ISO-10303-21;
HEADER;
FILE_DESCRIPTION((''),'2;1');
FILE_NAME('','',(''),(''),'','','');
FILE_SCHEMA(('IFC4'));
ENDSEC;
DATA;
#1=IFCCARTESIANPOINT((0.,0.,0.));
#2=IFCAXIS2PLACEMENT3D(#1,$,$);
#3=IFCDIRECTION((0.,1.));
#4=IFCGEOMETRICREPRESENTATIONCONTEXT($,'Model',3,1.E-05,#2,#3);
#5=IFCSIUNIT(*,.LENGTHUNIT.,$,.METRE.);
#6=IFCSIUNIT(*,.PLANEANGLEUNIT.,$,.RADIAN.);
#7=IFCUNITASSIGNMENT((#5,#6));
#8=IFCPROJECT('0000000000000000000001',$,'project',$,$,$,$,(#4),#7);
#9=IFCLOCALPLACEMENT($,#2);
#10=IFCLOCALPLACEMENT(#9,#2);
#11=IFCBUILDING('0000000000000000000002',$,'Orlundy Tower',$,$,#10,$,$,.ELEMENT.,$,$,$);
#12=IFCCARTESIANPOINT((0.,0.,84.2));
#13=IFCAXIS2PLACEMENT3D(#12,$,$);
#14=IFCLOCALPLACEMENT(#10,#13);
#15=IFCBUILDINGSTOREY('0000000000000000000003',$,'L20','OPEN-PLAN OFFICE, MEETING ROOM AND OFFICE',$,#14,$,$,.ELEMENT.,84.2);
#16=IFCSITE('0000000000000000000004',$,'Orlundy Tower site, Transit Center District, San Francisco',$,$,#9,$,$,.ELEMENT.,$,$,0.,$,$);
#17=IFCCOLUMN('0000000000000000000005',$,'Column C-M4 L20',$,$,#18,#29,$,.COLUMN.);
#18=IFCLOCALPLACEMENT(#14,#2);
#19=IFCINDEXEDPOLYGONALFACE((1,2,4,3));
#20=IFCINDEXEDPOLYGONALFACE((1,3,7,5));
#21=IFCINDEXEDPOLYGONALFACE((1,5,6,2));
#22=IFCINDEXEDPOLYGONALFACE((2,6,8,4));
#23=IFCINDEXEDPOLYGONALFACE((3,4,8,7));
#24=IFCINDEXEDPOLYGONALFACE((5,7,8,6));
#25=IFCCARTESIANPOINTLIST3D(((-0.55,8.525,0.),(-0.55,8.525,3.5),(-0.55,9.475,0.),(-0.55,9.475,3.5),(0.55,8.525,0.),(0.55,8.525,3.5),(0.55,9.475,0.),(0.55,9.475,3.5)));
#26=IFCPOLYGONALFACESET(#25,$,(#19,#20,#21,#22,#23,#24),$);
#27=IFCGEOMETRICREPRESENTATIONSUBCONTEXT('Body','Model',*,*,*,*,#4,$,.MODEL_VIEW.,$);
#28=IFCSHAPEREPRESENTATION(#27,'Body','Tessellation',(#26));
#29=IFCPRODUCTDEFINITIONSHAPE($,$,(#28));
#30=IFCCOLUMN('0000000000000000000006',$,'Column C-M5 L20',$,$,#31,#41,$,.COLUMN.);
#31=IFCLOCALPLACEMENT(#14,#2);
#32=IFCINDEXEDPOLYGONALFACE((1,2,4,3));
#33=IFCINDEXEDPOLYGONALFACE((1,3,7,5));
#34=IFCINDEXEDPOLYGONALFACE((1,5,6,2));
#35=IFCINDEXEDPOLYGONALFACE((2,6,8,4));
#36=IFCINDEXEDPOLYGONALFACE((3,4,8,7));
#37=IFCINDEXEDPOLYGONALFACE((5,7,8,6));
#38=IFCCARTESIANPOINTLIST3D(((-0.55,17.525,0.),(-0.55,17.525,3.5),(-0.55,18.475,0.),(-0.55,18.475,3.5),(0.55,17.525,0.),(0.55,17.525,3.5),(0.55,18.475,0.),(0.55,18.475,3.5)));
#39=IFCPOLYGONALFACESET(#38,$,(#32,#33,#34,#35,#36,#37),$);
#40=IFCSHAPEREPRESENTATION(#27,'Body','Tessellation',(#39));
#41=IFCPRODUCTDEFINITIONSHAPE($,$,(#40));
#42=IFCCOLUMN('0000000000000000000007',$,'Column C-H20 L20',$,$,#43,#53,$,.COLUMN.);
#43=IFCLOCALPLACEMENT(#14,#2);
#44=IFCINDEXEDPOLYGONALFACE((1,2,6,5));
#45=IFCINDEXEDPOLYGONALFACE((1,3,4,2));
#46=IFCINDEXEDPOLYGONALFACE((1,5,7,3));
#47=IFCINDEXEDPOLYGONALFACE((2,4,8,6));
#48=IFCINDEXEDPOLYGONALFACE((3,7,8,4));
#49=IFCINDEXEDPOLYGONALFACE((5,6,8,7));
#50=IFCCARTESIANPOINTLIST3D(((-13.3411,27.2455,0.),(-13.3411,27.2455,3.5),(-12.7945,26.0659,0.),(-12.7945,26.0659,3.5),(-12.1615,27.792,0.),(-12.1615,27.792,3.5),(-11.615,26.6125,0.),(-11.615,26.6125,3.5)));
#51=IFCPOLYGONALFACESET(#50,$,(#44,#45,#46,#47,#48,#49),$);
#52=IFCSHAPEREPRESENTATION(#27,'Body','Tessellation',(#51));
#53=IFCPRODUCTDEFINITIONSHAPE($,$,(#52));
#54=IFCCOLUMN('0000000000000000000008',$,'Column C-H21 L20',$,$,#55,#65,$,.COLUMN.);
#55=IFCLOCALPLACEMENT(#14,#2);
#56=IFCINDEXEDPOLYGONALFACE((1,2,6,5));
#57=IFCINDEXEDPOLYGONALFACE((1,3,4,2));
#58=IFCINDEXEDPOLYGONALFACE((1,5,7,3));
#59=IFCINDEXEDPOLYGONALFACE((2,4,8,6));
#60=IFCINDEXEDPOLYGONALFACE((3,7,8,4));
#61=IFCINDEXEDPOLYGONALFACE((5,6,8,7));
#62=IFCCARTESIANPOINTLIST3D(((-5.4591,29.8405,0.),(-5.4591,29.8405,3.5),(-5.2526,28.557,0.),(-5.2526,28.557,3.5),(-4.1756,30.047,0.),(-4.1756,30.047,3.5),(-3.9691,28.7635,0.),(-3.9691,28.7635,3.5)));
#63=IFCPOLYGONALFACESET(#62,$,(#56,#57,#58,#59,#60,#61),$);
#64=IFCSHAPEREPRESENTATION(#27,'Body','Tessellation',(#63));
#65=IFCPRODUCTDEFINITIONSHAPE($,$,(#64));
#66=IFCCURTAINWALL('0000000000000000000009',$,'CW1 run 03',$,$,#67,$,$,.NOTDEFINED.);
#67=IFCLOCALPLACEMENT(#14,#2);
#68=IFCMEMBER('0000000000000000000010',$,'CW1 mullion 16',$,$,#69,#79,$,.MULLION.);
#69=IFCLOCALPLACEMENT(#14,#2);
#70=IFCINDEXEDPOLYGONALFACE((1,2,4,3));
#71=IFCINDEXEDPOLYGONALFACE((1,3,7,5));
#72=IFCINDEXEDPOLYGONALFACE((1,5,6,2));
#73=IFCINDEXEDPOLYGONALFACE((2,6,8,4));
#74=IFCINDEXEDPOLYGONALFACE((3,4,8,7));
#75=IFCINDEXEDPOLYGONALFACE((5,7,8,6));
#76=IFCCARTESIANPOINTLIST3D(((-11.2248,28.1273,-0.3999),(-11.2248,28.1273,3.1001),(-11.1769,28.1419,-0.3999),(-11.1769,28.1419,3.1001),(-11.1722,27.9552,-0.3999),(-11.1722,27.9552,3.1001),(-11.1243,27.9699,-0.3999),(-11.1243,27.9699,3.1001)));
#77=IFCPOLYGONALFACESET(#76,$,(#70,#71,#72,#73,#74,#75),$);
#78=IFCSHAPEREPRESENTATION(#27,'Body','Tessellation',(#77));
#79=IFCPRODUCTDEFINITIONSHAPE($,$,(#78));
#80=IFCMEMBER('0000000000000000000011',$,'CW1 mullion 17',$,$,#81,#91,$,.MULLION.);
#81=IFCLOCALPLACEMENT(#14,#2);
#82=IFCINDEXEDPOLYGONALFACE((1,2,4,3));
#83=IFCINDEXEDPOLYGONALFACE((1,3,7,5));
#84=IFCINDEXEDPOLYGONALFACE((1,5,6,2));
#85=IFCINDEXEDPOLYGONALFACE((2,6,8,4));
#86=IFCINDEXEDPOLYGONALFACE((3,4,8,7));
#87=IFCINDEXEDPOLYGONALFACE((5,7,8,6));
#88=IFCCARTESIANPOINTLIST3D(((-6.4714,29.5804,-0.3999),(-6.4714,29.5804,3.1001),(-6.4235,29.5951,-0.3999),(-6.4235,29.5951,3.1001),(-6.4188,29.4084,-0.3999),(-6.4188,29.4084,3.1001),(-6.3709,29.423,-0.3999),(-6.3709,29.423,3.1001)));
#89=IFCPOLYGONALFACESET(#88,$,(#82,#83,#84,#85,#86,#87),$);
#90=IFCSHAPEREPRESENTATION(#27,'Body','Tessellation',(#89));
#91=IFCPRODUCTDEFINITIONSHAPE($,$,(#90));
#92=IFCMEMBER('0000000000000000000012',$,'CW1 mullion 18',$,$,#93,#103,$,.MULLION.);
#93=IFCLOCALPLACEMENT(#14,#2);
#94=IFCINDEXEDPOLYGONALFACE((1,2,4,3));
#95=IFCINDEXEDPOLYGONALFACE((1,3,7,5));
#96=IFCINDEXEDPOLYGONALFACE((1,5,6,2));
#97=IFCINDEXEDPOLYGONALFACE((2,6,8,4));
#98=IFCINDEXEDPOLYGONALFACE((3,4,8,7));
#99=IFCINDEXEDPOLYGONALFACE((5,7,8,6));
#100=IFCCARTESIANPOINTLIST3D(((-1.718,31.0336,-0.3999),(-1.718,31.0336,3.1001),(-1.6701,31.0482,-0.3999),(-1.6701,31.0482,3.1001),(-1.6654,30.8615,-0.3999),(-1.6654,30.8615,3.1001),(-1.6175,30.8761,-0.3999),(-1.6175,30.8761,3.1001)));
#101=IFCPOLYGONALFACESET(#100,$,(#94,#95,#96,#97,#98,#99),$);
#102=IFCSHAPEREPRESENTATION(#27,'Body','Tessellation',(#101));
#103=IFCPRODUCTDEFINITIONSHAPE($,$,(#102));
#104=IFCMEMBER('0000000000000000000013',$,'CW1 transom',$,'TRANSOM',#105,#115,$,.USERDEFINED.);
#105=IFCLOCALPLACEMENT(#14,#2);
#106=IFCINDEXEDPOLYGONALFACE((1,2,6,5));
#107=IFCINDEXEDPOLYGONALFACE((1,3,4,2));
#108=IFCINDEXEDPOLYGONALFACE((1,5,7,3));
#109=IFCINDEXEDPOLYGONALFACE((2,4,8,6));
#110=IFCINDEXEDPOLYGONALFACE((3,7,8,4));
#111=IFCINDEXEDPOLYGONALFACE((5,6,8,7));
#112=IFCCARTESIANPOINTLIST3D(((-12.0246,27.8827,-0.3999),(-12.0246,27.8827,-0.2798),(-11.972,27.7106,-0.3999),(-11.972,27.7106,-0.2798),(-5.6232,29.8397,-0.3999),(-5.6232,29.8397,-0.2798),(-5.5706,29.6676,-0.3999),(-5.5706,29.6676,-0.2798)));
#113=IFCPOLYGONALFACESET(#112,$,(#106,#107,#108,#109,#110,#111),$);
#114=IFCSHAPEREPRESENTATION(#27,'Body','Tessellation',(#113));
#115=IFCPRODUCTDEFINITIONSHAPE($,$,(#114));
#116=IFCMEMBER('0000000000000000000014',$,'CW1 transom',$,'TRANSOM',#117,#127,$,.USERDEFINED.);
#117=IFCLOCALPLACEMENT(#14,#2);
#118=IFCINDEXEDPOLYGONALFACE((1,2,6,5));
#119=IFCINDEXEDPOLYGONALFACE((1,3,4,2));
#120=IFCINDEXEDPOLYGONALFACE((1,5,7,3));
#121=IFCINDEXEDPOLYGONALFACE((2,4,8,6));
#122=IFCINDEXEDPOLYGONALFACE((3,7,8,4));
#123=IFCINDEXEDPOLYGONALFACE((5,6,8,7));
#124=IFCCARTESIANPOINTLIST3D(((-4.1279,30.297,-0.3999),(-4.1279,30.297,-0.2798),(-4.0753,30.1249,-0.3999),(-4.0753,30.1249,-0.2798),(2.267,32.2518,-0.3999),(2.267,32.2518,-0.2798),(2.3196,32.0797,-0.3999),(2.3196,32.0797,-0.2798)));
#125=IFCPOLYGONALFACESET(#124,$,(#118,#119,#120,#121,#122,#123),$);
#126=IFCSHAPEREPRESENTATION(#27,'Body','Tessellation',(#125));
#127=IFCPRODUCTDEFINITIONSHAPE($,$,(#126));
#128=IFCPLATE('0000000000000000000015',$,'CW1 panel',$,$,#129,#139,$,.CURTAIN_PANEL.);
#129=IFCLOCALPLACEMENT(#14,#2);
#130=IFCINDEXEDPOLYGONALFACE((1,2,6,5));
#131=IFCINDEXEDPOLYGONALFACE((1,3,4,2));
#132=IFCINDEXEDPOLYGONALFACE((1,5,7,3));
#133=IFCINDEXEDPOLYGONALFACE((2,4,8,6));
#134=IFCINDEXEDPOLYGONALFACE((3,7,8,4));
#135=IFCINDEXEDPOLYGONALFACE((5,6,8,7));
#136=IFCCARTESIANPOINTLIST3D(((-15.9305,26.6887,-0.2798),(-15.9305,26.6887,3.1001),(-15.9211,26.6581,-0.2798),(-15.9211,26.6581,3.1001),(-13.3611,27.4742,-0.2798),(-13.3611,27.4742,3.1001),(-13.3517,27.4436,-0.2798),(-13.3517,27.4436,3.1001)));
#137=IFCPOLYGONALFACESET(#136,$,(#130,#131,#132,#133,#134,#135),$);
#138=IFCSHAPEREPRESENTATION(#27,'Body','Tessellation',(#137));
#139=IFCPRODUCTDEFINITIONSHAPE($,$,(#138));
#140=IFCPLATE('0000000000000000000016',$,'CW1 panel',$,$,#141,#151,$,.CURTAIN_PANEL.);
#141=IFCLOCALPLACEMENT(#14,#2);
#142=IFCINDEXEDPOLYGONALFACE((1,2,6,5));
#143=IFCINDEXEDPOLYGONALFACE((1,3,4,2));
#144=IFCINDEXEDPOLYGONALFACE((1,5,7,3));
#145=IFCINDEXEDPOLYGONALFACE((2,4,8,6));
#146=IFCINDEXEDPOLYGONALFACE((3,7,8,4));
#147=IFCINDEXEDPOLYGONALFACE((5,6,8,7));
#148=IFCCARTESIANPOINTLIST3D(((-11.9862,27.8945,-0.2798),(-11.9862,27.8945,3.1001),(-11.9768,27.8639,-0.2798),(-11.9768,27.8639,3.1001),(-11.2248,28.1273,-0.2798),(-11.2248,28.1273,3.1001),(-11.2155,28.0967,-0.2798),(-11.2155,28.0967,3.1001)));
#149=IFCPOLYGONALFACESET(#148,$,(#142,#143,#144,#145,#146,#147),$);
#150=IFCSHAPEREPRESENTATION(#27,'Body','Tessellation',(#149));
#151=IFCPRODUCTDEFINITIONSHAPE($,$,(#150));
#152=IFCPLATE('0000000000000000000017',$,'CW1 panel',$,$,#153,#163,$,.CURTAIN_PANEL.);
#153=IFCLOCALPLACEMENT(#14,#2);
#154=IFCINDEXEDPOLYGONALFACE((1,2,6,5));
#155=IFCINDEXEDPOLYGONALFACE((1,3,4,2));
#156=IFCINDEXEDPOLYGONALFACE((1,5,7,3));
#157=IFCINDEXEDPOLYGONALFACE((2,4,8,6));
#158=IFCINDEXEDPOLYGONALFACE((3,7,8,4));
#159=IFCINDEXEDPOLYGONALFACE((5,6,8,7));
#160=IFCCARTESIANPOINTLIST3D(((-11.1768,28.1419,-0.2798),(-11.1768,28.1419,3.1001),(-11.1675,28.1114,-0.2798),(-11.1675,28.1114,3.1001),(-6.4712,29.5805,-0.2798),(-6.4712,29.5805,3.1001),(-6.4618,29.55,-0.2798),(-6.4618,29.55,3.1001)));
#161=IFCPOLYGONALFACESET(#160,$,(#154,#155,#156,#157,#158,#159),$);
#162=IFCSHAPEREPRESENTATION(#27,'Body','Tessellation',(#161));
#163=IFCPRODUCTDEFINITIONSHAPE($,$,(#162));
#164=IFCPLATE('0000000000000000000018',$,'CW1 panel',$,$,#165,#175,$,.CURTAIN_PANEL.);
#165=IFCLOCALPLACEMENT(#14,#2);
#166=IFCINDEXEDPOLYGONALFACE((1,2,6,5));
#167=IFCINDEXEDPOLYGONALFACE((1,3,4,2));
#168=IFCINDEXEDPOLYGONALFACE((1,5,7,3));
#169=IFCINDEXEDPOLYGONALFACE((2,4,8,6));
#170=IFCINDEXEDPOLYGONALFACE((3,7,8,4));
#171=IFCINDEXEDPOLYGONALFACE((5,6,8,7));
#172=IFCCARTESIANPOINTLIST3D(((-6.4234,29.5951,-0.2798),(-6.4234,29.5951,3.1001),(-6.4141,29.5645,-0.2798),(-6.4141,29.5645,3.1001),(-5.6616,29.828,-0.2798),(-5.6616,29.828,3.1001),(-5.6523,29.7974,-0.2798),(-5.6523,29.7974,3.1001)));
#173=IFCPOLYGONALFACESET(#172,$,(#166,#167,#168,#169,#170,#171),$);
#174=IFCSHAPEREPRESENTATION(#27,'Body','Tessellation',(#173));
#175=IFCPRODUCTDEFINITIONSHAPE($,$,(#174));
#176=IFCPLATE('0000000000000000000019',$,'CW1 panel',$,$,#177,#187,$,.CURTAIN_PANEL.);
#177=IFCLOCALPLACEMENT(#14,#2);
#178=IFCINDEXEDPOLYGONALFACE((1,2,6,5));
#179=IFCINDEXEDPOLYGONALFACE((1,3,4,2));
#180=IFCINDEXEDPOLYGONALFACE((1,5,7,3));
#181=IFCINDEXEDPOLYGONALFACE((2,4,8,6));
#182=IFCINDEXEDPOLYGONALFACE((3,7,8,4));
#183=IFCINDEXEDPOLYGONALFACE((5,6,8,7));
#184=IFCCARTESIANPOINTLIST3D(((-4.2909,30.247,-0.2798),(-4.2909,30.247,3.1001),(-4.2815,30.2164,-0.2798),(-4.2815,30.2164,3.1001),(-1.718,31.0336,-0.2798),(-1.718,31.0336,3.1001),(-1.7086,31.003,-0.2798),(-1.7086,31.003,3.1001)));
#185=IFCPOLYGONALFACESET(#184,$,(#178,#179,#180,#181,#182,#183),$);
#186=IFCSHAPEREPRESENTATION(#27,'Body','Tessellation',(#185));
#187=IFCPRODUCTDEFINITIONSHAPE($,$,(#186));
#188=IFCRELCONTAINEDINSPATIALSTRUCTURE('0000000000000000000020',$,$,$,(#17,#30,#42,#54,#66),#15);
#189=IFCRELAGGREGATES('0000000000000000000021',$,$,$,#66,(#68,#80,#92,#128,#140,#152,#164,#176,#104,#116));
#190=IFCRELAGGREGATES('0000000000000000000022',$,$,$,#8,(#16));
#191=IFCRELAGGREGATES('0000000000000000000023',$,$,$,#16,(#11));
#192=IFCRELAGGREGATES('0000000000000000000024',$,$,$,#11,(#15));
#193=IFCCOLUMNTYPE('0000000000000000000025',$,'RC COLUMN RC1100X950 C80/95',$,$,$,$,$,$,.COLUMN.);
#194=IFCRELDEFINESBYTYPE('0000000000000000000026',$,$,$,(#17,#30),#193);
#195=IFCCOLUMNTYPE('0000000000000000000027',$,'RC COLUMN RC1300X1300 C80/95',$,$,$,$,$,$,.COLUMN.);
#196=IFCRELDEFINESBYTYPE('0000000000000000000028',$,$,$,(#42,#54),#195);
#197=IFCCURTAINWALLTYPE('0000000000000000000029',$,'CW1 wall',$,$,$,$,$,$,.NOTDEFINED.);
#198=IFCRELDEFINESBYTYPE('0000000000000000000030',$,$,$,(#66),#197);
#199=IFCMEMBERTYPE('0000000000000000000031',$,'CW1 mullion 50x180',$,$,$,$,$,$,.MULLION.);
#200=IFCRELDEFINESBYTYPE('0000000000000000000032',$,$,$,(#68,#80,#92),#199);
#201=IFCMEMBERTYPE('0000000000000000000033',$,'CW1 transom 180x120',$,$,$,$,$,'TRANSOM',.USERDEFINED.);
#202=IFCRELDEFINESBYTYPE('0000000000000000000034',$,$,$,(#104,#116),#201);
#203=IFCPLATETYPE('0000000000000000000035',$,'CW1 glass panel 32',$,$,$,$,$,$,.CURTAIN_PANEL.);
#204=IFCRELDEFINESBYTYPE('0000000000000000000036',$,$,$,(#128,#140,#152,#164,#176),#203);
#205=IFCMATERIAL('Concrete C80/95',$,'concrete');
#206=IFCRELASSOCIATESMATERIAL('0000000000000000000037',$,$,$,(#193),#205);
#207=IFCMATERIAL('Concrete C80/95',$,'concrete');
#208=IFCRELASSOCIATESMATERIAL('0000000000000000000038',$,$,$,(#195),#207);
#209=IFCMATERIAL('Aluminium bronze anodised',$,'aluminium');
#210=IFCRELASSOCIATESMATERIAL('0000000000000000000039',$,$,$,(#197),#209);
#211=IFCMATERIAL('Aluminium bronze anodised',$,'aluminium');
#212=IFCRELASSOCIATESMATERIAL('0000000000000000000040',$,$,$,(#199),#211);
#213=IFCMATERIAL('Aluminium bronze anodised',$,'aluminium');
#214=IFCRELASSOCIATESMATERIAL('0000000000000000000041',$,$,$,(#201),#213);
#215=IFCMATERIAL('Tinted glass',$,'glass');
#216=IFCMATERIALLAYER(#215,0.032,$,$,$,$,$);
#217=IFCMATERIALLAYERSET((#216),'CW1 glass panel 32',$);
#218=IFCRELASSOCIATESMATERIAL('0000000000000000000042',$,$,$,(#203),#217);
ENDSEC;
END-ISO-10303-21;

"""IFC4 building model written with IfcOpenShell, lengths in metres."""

from ifc_helpers import new_model, si_unit, direction, frame, origin, origin_2d, place, context, subcontext, project, spatial, rectangle, extrude, material, layer, layer_set, material_profile, profile_set, type_object, element, aggregate, save


model = new_model("IFC4")

# Units and contexts
model_context = context("Model", 3, precision=1e-05, world=origin(), true_north=direction((0.0, 1.0)))
body_context = subcontext(model_context, "Body", "Model", "MODEL_VIEW")
ifc_project = project(units=[si_unit("LENGTHUNIT", "METRE"), si_unit("PLANEANGLEUNIT", "RADIAN")], contexts=[model_context])

# Site, building, storey
site_placement = place(None, origin())
site = spatial("IfcSite", under=ifc_project, at=site_placement, Name="Orlundy Tower site, Transit Center District, San Francisco", CompositionType="ELEMENT", RefElevation=0.0)
building_placement = place(site_placement, origin())
building = spatial("IfcBuilding", under=site, at=building_placement, Name="Orlundy Tower", CompositionType="ELEMENT")
storey_placement = place(building_placement, frame((0.0, 0.0, 84.2)))
storey = spatial("IfcBuildingStorey", under=building, at=storey_placement, Name="L20", Description="OPEN-PLAN OFFICE, MEETING ROOM AND OFFICE", CompositionType="ELEMENT", Elevation=84.2)

# Columns
ifc_material_1 = material(Name="Concrete C80/95", Category="concrete")
ifc_material_profile_1 = material_profile(ifc_material_1, rectangle(XDim=1.1001, YDim=0.95, at=origin_2d()), Name="RC1100X950")
ifc_profile_set_1 = profile_set([ifc_material_profile_1], Name="Concrete C80/95")
column_type_1 = type_object("IfcColumnType", Name="RC COLUMN RC1100X950 C80/95", PredefinedType="COLUMN", material=ifc_profile_set_1)
for number, where, z_axis, x_axis, name in (
    (1, (0.0, 9.0, 0.0), (0.0, 0.0, 1.0), (1.0, 0.0, 0.0), "Column C-M4 L20"),
    (2, (0.0, 18.0, 0.0), (0.0, 0.0, 1.0), (1.0, 0.0, 0.0), "Column C-M5 L20"),
):
    element("IfcColumn", number, at=place(storey_placement, frame(where, z_axis=z_axis, x_axis=x_axis)), inside=storey, type_object=column_type_1, Name=name, PredefinedType="COLUMN", context=body_context, shape_type="SweptSolid", body=[
        extrude(rectangle(XDim=1.1001, YDim=0.95, at=origin_2d()), origin(), (0.0, 0.0, 1.0), 3.5),
    ])
ifc_material_2 = material(Name="Concrete C80/95", Category="concrete")
ifc_material_profile_2 = material_profile(ifc_material_2, rectangle(XDim=1.3, YDim=1.3, at=origin_2d()), Name="RC1300X1300")
ifc_profile_set_2 = profile_set([ifc_material_profile_2], Name="Concrete C80/95")
column_type_2 = type_object("IfcColumnType", Name="RC COLUMN RC1300X1300 C80/95", PredefinedType="COLUMN", material=ifc_profile_set_2)
for number, where, z_axis, x_axis, name in (
    (3, (-12.478, 26.929, 0.0), (0.0, 0.0, 1.0), (-0.420418, 0.90733, 0.0), "Column C-H20 L20"),
    (4, (-4.7141, 29.302, 0.0), (0.0, 0.0, 1.0), (-0.15883, 0.987306, 0.0), "Column C-H21 L20"),
):
    element("IfcColumn", number, at=place(storey_placement, frame(where, z_axis=z_axis, x_axis=x_axis)), inside=storey, type_object=column_type_2, Name=name, PredefinedType="COLUMN", context=body_context, shape_type="SweptSolid", body=[
        extrude(rectangle(XDim=1.3, YDim=1.3, at=origin_2d()), origin(), (0.0, 0.0, 1.0), 3.5),
    ])

# Curtain wall, members, plates
ifc_material_3 = material(Name="Aluminium bronze anodised", Category="aluminium")
curtain_wall_type = type_object("IfcCurtainWallType", Name="CW1 wall", PredefinedType="NOTDEFINED", material=ifc_material_3)
curtain_wall_placement = place(storey_placement, origin())
curtain_wall = element("IfcCurtainWall", 5, at=curtain_wall_placement, inside=storey, type_object=curtain_wall_type, Name="CW1 run 03", PredefinedType="NOTDEFINED")
ifc_material_4 = material(Name="Aluminium bronze anodised", Category="aluminium")
ifc_material_profile_3 = material_profile(ifc_material_4, rectangle(XDim=0.1799, YDim=0.05, at=origin_2d()), Name="CW1 mullion 50x180")
ifc_profile_set_3 = profile_set([ifc_material_profile_3], Name="Aluminium bronze anodised")
member_type_1 = type_object("IfcMemberType", Name="CW1 mullion 50x180", PredefinedType="MULLION", material=ifc_profile_set_3)
member_1_placement = place(storey_placement, frame((-11.1746, 28.0486, -0.3999), z_axis=(0.0, 0.0, 1.0), x_axis=(-0.292361, 0.956308, 0.0)))
member_1 = element("IfcMember", 6, at=member_1_placement, type_object=member_type_1, Name="CW1 mullion 16", PredefinedType="MULLION", context=body_context, shape_type="SweptSolid", body=[
    extrude(rectangle(XDim=0.1799, YDim=0.05, at=origin_2d()), origin(), (0.0, 0.0, 1.0), 3.5),
])
member_2_placement = place(storey_placement, frame((-6.4211, 29.5017, -0.3999), z_axis=(0.0, 0.0, 1.0), x_axis=(-0.292361, 0.956308, 0.0)))
member_2 = element("IfcMember", 7, at=member_2_placement, type_object=member_type_1, Name="CW1 mullion 17", PredefinedType="MULLION", context=body_context, shape_type="SweptSolid", body=[
    extrude(rectangle(XDim=0.1799, YDim=0.05, at=origin_2d()), origin(), (0.0, 0.0, 1.0), 3.5),
])
member_3_placement = place(storey_placement, frame((-1.6677, 30.9548, -0.3999), z_axis=(0.0, 0.0, 1.0), x_axis=(-0.292361, 0.956308, 0.0)))
member_3 = element("IfcMember", 8, at=member_3_placement, type_object=member_type_1, Name="CW1 mullion 18", PredefinedType="MULLION", context=body_context, shape_type="SweptSolid", body=[
    extrude(rectangle(XDim=0.1799, YDim=0.05, at=origin_2d()), origin(), (0.0, 0.0, 1.0), 3.5),
])
ifc_material_5 = material(Name="Aluminium bronze anodised", Category="aluminium")
ifc_material_profile_4 = material_profile(ifc_material_5, rectangle(XDim=0.1799, YDim=0.1201, at=origin_2d()), Name="CW1 transom 180x120")
ifc_profile_set_4 = profile_set([ifc_material_profile_4], Name="Aluminium bronze anodised")
member_type_2 = type_object("IfcMemberType", Name="CW1 transom 180x120", ElementType="TRANSOM", PredefinedType="USERDEFINED", material=ifc_profile_set_4)
member_4_placement = place(storey_placement, frame((-11.9983, 27.7966, -0.3398), z_axis=(0.956307, 0.292363, 0.0), x_axis=(-0.292363, 0.956307, 0.0)))
member_4 = element("IfcMember", 9, at=member_4_placement, type_object=member_type_2, Name="CW1 transom", ObjectType="TRANSOM", PredefinedType="USERDEFINED", context=body_context, shape_type="SweptSolid", body=[
    extrude(rectangle(XDim=0.1799, YDim=0.1201, at=origin_2d()), origin(), (0.0, 0.0, 1.0), 6.6938),
])
member_5_placement = place(storey_placement, frame((-4.1016, 30.2109, -0.3398), z_axis=(0.956318, 0.292328, 0.0), x_axis=(-0.292328, 0.956318, 0.0)))
member_5 = element("IfcMember", 10, at=member_5_placement, type_object=member_type_2, Name="CW1 transom", ObjectType="TRANSOM", PredefinedType="USERDEFINED", context=body_context, shape_type="SweptSolid", body=[
    extrude(rectangle(XDim=0.1799, YDim=0.1201, at=origin_2d()), origin(), (0.0, 0.0, 1.0), 6.687),
])
ifc_material_6 = material(Name="Tinted glass", Category="glass")
ifc_layer_1 = layer(ifc_material_6, 0.032)
ifc_layer_set_1 = layer_set([ifc_layer_1], Name="CW1 glass panel 32")
plate_type = type_object("IfcPlateType", Name="CW1 glass panel 32", PredefinedType="CURTAIN_PANEL", material=ifc_layer_set_1)
plate_1_placement = place(storey_placement, frame((-14.6411, 27.0662, -0.2798), z_axis=(0.0, 0.0, 1.0), x_axis=(0.956308, 0.292361, 0.0)))
plate_1 = element("IfcPlate", 11, at=plate_1_placement, type_object=plate_type, Name="CW1 panel", PredefinedType="CURTAIN_PANEL", context=body_context, shape_type="SweptSolid", body=[
    extrude(rectangle(XDim=2.6868, YDim=0.032, at=origin_2d()), origin(), (0.0, 0.0, 1.0), 3.3799),
])
plate_2_placement = place(storey_placement, frame((-11.6008, 27.9956, -0.2798), z_axis=(0.0, 0.0, 1.0), x_axis=(0.956308, 0.292361, 0.0)))
plate_2 = element("IfcPlate", 12, at=plate_2_placement, type_object=plate_type, Name="CW1 panel", PredefinedType="CURTAIN_PANEL", context=body_context, shape_type="SweptSolid", body=[
    extrude(rectangle(XDim=0.7961, YDim=0.032, at=origin_2d()), origin(), (0.0, 0.0, 1.0), 3.3799),
])
plate_3_placement = place(storey_placement, frame((-8.8193, 28.8459, -0.2798), z_axis=(0.0, 0.0, 1.0), x_axis=(0.956308, 0.292361, 0.0)))
plate_3 = element("IfcPlate", 13, at=plate_3_placement, type_object=plate_type, Name="CW1 panel", PredefinedType="CURTAIN_PANEL", context=body_context, shape_type="SweptSolid", body=[
    extrude(rectangle(XDim=4.9207, YDim=0.032, at=origin_2d()), origin(), (0.0, 0.0, 1.0), 3.3799),
])
plate_4_placement = place(storey_placement, frame((-6.0378, 29.6963, -0.2798), z_axis=(0.0, 0.0, 1.0), x_axis=(0.956308, 0.292361, 0.0)))
plate_4 = element("IfcPlate", 14, at=plate_4_placement, type_object=plate_type, Name="CW1 panel", PredefinedType="CURTAIN_PANEL", context=body_context, shape_type="SweptSolid", body=[
    extrude(rectangle(XDim=0.7966, YDim=0.032, at=origin_2d()), origin(), (0.0, 0.0, 1.0), 3.3799),
])
plate_5_placement = place(storey_placement, frame((-2.9998, 30.625, -0.2798), z_axis=(0.0, 0.0, 1.0), x_axis=(0.956308, 0.292361, 0.0)))
plate_5 = element("IfcPlate", 15, at=plate_5_placement, type_object=plate_type, Name="CW1 panel", PredefinedType="CURTAIN_PANEL", context=body_context, shape_type="SweptSolid", body=[
    extrude(rectangle(XDim=2.6904, YDim=0.032, at=origin_2d()), origin(), (0.0, 0.0, 1.0), 3.3799),
])
aggregate(curtain_wall, [member_1, member_2, member_3, plate_1, plate_2, plate_3, plate_4, plate_5, member_4, member_5])

save(model, "model.ifc")
